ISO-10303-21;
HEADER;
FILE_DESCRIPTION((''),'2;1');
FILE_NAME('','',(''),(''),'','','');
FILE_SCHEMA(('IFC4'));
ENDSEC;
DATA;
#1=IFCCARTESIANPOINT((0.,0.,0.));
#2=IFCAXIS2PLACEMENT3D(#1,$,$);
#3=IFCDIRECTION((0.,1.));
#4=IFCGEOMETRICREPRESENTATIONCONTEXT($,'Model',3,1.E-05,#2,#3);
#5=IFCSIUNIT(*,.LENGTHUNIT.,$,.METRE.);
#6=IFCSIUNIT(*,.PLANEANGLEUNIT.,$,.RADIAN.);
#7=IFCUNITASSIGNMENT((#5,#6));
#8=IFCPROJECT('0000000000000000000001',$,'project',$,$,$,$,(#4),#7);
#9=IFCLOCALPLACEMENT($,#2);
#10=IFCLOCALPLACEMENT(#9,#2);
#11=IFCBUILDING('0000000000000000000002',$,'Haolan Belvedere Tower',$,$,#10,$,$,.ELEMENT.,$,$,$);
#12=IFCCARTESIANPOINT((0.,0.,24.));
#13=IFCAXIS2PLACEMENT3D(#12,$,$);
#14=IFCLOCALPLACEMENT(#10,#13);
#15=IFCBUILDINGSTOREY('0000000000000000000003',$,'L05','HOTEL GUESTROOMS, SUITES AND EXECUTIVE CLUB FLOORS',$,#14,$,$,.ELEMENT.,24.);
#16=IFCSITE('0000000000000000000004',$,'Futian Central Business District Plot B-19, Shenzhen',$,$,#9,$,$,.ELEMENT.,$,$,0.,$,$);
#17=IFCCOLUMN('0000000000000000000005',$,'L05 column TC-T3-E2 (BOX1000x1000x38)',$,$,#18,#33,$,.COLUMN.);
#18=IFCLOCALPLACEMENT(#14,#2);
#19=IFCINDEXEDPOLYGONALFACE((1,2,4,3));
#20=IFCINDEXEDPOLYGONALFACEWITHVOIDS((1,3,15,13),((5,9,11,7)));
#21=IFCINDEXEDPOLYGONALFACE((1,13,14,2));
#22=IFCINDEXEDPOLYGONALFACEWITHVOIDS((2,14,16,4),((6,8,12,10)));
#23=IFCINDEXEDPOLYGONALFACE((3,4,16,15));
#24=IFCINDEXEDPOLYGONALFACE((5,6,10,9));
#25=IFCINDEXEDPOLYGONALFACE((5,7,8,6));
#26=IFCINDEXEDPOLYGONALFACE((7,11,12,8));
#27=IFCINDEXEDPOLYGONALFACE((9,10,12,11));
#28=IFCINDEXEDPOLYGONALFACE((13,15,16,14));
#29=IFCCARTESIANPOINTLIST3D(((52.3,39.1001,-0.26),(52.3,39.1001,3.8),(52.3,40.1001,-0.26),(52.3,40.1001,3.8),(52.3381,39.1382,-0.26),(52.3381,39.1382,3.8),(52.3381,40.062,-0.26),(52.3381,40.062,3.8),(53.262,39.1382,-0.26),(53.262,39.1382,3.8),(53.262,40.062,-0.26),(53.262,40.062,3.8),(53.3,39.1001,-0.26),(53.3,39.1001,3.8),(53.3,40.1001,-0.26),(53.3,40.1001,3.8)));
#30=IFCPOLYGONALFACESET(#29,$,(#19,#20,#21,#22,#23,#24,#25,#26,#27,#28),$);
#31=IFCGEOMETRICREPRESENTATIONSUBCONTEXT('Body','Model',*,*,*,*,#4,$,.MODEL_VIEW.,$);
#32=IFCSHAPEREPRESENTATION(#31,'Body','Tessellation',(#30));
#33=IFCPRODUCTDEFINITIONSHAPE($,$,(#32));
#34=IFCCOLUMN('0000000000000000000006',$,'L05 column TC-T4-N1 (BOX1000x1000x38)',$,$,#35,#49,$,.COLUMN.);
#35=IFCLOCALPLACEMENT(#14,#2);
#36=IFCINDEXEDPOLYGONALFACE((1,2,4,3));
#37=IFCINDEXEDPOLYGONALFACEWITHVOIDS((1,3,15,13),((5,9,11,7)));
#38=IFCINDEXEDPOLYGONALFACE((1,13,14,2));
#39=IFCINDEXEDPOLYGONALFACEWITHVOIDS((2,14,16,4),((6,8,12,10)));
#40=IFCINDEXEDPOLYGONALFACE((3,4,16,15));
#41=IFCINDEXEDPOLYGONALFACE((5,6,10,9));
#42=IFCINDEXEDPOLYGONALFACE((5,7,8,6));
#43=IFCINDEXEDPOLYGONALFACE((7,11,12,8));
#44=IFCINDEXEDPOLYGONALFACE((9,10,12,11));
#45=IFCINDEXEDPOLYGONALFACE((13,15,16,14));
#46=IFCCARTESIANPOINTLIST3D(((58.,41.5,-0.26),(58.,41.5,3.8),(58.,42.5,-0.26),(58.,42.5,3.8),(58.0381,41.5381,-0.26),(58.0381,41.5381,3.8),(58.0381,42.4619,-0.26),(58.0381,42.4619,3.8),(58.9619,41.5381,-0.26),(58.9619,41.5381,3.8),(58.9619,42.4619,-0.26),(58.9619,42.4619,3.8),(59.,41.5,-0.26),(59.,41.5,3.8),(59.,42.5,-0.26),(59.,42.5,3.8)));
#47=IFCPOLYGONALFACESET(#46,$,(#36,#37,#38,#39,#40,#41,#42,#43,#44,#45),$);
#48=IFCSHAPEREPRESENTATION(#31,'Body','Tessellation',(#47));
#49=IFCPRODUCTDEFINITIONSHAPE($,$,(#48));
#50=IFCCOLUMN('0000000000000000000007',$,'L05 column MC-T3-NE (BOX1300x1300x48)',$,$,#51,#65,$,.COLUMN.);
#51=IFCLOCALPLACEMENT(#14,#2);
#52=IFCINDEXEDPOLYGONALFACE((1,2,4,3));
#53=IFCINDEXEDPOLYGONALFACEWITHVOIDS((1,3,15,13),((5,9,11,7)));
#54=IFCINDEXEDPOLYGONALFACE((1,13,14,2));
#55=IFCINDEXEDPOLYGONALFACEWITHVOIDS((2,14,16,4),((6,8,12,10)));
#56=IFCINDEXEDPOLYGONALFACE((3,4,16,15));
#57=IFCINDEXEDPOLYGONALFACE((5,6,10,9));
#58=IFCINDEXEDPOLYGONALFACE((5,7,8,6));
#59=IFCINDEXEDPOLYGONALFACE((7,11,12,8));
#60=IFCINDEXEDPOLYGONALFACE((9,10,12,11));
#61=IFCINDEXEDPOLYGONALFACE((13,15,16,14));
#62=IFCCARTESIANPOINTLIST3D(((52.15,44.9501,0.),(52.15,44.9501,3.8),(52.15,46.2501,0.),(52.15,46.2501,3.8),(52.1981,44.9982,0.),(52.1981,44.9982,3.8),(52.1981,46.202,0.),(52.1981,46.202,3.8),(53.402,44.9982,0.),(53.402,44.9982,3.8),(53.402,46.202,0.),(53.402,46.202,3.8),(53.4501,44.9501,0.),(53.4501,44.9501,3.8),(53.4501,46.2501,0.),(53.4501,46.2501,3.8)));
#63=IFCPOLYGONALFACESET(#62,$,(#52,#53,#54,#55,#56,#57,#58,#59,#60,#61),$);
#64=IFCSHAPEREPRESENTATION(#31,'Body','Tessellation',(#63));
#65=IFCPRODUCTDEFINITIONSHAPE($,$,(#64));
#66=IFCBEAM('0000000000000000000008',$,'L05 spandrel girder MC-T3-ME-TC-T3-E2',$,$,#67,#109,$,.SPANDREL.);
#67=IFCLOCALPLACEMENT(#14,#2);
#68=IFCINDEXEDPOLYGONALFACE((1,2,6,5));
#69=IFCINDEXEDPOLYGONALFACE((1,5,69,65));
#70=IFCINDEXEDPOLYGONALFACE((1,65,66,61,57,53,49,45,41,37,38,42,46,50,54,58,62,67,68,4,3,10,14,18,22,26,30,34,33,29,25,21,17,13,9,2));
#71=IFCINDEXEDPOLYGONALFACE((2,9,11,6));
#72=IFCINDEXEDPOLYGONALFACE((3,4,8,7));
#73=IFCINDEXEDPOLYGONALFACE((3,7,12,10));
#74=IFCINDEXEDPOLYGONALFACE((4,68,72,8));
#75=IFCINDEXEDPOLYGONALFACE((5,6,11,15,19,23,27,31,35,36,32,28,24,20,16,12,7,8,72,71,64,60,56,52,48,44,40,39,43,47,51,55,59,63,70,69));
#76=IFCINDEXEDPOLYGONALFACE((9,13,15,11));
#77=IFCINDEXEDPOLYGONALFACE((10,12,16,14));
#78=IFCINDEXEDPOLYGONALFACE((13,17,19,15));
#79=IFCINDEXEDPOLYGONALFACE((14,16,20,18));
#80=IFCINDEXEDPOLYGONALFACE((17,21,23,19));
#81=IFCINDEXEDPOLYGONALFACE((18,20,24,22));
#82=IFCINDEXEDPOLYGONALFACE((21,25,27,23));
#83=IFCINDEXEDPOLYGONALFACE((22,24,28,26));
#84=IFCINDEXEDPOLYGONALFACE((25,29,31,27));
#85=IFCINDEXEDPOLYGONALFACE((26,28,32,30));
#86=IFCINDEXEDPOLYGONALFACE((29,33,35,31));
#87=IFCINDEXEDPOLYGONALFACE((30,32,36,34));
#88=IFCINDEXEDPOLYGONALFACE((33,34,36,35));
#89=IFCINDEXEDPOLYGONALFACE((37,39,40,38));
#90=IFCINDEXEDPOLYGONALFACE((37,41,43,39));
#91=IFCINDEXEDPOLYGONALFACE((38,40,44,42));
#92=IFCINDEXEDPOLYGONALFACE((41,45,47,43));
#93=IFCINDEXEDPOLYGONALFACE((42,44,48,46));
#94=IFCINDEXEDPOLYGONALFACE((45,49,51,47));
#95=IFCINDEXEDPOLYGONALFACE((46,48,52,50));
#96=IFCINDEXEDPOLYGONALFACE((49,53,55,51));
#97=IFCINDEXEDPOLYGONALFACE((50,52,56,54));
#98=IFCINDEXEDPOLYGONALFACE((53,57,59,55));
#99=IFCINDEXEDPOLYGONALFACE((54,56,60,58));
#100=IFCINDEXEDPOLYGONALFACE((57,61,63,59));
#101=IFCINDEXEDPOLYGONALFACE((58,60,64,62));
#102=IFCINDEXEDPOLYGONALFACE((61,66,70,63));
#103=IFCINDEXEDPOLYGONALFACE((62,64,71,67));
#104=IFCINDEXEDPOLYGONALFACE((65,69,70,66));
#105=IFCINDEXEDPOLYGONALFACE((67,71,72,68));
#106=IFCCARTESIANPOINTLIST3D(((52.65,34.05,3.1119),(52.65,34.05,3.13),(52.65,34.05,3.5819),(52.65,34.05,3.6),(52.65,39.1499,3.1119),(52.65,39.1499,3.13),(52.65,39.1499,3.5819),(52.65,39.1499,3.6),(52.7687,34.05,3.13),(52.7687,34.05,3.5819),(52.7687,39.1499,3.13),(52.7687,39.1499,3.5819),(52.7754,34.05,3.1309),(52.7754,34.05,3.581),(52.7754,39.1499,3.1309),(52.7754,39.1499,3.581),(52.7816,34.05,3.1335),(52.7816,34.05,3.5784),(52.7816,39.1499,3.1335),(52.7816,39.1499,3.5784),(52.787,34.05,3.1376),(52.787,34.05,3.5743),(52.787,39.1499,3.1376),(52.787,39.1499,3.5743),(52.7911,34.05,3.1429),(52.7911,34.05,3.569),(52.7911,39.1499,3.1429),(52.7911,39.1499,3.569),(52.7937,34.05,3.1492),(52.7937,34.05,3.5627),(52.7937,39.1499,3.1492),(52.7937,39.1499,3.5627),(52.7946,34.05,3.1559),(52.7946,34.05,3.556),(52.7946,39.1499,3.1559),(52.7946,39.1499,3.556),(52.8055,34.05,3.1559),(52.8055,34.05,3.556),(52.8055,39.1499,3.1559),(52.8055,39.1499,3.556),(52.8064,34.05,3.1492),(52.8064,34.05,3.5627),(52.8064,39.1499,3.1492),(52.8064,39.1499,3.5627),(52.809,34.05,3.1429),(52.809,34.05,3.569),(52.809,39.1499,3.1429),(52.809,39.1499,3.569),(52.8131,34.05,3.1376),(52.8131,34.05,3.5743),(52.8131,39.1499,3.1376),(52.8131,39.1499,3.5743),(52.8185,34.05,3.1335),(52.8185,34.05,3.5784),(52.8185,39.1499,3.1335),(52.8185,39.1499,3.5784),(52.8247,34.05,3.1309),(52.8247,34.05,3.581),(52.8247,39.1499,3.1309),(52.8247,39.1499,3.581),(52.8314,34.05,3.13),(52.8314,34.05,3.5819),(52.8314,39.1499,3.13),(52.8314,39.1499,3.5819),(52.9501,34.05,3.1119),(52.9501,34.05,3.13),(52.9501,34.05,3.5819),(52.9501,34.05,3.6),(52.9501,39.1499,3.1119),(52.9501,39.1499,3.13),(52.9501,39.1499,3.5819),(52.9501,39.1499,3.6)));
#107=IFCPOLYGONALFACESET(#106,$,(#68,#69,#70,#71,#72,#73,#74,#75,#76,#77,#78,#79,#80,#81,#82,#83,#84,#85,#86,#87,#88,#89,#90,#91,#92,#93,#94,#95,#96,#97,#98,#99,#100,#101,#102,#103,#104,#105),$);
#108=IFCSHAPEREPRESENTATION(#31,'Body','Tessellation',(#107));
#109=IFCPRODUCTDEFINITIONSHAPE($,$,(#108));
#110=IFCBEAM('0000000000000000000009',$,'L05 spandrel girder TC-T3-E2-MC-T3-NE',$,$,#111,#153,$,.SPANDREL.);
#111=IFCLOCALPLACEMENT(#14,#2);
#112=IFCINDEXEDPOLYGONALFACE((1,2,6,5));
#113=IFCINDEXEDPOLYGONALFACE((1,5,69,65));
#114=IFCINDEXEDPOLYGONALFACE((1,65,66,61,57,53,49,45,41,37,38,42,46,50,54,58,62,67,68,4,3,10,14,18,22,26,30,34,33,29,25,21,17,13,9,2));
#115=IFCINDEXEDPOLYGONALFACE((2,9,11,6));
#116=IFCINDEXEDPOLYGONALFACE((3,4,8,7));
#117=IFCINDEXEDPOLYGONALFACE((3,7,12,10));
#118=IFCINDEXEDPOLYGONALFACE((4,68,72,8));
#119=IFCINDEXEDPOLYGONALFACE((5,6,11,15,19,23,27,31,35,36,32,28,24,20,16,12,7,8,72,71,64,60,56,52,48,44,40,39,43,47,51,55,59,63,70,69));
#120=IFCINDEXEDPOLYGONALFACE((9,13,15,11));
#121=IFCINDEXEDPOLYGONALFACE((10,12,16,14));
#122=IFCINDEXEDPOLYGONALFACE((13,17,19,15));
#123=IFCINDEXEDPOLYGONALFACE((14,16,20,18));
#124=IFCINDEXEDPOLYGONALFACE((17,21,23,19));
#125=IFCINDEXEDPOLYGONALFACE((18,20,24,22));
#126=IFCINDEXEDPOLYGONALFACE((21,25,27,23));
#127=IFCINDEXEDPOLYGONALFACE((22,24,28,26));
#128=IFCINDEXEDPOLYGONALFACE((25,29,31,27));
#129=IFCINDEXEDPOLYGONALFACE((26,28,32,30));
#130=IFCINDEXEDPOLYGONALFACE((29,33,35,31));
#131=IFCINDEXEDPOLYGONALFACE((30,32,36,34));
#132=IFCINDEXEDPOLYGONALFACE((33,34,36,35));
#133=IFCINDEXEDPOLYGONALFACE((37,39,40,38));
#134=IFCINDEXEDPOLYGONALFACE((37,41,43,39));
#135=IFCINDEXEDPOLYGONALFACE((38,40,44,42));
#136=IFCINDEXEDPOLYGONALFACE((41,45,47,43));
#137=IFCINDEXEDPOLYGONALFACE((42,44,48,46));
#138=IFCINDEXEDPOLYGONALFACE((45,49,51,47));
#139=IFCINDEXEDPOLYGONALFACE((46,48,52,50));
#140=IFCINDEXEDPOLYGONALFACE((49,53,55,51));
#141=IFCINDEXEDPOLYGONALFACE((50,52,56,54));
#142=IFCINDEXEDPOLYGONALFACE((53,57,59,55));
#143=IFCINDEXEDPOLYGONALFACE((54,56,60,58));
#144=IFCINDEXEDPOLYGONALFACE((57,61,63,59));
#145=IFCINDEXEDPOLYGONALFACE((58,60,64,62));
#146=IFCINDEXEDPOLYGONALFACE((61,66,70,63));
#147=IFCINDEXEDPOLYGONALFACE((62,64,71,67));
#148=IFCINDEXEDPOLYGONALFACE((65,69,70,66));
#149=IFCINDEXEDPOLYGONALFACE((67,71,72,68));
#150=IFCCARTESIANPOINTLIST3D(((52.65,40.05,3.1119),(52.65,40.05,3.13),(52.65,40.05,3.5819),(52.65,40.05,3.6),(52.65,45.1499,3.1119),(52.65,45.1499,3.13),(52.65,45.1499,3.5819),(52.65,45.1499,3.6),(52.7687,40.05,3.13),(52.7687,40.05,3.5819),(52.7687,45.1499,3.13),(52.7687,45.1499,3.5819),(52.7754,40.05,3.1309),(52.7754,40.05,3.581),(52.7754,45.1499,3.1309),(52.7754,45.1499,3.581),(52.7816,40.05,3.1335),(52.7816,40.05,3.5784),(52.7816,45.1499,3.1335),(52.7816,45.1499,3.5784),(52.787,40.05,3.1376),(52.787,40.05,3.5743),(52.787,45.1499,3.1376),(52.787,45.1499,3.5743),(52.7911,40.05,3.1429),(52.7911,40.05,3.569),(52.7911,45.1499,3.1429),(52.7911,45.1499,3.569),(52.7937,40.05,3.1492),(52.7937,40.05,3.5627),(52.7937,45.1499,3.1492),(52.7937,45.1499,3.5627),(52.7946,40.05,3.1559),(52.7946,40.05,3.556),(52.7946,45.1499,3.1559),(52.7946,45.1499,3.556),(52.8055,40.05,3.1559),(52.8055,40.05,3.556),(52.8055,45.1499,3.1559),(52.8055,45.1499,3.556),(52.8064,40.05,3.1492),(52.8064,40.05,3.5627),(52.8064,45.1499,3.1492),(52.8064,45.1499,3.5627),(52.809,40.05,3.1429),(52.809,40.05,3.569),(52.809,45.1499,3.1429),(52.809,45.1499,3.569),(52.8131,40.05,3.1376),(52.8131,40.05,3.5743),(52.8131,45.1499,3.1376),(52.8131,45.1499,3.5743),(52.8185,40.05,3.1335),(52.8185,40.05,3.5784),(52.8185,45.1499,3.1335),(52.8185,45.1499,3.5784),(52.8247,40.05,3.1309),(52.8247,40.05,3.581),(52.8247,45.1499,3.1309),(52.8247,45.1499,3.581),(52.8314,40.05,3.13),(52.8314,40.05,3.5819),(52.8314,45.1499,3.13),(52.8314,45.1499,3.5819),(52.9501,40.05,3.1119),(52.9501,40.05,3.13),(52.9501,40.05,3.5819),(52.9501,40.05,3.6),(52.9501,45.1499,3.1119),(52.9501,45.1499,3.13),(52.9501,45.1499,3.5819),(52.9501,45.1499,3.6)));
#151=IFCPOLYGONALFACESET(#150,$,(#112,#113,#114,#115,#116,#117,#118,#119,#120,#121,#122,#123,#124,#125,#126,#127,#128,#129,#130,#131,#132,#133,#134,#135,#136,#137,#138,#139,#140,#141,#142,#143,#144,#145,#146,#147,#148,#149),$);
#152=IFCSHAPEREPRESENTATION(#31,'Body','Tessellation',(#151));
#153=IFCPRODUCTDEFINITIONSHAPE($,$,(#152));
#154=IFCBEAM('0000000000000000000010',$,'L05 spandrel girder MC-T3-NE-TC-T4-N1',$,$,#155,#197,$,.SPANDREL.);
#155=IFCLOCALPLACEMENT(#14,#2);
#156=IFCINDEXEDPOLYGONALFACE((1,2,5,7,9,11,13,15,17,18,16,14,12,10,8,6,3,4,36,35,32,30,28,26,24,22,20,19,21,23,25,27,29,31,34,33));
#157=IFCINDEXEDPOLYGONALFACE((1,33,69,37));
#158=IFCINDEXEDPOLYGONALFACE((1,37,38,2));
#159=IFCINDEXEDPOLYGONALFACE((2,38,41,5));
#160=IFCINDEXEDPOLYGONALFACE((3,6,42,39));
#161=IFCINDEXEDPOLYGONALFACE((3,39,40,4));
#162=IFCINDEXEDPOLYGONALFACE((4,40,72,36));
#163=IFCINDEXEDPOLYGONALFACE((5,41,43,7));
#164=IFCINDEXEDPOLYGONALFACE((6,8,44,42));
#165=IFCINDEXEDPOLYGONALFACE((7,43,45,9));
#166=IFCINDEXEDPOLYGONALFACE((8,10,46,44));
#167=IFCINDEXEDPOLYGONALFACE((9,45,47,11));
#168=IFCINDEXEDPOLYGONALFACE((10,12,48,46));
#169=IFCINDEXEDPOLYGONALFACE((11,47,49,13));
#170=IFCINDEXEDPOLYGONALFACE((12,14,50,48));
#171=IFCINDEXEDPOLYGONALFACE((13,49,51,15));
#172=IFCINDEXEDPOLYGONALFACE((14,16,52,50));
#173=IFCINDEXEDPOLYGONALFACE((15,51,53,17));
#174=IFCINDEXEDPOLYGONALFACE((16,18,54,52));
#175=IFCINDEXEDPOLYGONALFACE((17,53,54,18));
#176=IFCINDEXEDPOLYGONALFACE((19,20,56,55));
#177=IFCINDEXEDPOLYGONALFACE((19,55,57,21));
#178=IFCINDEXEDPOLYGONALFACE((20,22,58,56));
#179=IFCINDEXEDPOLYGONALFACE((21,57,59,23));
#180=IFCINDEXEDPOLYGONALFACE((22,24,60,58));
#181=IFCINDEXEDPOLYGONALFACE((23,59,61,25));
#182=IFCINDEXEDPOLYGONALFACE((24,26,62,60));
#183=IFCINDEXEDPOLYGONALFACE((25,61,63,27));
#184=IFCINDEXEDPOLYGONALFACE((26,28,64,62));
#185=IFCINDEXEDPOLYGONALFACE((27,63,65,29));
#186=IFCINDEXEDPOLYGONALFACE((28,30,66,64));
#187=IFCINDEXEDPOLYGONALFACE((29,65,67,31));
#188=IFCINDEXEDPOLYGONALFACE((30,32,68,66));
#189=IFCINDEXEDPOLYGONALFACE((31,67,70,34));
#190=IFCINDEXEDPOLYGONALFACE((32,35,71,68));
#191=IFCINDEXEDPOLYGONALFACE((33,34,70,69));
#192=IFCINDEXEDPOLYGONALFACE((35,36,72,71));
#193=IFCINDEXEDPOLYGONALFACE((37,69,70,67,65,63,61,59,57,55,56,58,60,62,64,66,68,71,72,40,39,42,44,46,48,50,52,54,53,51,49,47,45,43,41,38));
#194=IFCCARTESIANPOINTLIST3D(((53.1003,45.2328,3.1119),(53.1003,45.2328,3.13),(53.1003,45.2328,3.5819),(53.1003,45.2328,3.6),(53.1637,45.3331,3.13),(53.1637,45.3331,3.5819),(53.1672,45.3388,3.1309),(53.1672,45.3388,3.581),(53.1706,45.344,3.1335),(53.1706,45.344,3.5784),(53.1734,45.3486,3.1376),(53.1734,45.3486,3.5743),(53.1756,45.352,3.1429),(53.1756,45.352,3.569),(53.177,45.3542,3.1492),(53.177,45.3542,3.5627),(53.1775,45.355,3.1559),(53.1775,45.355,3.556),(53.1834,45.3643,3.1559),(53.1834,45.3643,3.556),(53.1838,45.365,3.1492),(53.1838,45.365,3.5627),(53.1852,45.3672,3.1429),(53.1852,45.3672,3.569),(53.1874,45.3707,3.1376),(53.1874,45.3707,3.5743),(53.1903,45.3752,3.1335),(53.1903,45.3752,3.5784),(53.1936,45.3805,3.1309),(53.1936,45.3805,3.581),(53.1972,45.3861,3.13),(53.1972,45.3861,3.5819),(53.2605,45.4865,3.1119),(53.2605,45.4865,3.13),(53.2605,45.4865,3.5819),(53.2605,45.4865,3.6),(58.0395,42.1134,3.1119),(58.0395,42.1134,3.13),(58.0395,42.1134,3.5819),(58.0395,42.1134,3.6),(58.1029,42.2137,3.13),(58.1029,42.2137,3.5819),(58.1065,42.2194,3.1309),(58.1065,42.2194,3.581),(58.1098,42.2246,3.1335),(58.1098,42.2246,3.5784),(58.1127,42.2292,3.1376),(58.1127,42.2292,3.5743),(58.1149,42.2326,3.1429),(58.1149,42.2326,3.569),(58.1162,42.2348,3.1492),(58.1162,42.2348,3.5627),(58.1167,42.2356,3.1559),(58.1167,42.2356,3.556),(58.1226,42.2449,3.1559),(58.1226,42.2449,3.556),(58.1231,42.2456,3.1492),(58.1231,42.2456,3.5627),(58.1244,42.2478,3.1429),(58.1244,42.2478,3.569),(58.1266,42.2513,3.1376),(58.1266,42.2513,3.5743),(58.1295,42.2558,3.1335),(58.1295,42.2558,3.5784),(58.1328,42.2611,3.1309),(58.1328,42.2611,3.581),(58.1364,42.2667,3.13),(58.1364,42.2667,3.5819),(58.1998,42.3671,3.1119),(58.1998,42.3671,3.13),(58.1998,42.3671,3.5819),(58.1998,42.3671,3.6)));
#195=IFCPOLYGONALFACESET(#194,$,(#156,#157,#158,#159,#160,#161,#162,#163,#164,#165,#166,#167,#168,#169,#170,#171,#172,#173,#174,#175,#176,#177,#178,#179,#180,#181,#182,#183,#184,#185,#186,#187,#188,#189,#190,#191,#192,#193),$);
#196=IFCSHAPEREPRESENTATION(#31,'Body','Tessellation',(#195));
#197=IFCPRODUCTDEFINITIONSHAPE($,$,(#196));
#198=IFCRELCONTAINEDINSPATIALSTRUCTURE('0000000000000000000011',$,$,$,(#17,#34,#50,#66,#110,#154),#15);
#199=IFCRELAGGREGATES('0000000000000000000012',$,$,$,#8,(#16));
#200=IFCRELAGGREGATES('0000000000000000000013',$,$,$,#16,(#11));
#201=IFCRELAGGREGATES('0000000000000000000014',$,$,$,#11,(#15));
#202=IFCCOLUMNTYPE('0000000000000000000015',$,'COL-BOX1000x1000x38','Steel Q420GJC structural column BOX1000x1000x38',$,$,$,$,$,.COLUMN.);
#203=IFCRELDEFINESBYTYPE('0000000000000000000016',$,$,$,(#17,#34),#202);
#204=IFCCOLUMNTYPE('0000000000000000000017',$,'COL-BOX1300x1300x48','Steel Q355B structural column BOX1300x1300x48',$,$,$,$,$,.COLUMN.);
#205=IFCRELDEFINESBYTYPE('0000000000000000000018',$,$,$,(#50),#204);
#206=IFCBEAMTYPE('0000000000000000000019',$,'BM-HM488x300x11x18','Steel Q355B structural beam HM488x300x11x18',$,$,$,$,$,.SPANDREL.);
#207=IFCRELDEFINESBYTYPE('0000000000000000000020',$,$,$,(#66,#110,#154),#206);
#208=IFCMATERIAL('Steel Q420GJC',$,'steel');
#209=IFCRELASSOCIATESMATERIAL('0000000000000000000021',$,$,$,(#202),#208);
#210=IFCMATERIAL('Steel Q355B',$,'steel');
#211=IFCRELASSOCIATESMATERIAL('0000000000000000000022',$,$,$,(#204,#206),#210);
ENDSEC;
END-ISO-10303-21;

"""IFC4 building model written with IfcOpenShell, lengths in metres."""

from ifc_helpers import new_model, si_unit, direction, frame, origin, origin_2d, place, context, subcontext, project, spatial, hollow_rectangle, i_section, extrude, material, material_profile, profile_set, type_object, element, save


model = new_model("IFC4")

# Units and contexts
model_context = context("Model", 3, precision=1e-05, world=origin(), true_north=direction((0.0, 1.0)))
body_context = subcontext(model_context, "Body", "Model", "MODEL_VIEW")
ifc_project = project(units=[si_unit("LENGTHUNIT", "METRE"), si_unit("PLANEANGLEUNIT", "RADIAN")], contexts=[model_context])

# Site, building, storey
site_placement = place(None, origin())
site = spatial("IfcSite", under=ifc_project, at=site_placement, Name="Futian Central Business District Plot B-19, Shenzhen", CompositionType="ELEMENT", RefElevation=0.0)
building_placement = place(site_placement, origin())
building = spatial("IfcBuilding", under=site, at=building_placement, Name="Haolan Belvedere Tower", CompositionType="ELEMENT")
storey_placement = place(building_placement, frame((0.0, 0.0, 24.0)))
storey = spatial("IfcBuildingStorey", under=building, at=storey_placement, Name="L05", Description="HOTEL GUESTROOMS, SUITES AND EXECUTIVE CLUB FLOORS", CompositionType="ELEMENT", Elevation=24.0)

# Columns
ifc_material_1 = material(Name="Steel Q420GJC", Category="steel")
ifc_material_profile_1 = material_profile(ifc_material_1, hollow_rectangle(XDim=1.0, YDim=1.0, WallThickness=0.0381, at=origin_2d()), Name="Steel Q420GJC")
ifc_profile_set_1 = profile_set([ifc_material_profile_1], Name="Steel Q420GJC")
column_type_1 = type_object("IfcColumnType", Name="COL-BOX1000x1000x38", Description="Steel Q420GJC structural column BOX1000x1000x38", PredefinedType="COLUMN", material=ifc_profile_set_1)
for number, where, z_axis, x_axis, name in (
    (1, (52.8, 39.6001, -0.26), (0.0, 0.0, 1.0), (1.0, 0.0, 0.0), "L05 column TC-T3-E2 (BOX1000x1000x38)"),
    (2, (58.5, 42.0, -0.26), (0.0, 0.0, 1.0), (1.0, 0.0, 0.0), "L05 column TC-T4-N1 (BOX1000x1000x38)"),
):
    element("IfcColumn", number, at=place(storey_placement, frame(where, z_axis=z_axis, x_axis=x_axis)), inside=storey, type_object=column_type_1, Name=name, PredefinedType="COLUMN", context=body_context, shape_type="SweptSolid", body=[
        extrude(hollow_rectangle(XDim=1.0, YDim=1.0, WallThickness=0.0381, at=origin_2d()), origin(), (0.0, 0.0, 1.0), 4.0601),
    ])
ifc_material_2 = material(Name="Steel Q355B", Category="steel")
ifc_material_profile_2 = material_profile(ifc_material_2, hollow_rectangle(XDim=1.3, YDim=1.3, WallThickness=0.0481, at=origin_2d()), Name="Steel Q355B")
ifc_profile_set_2 = profile_set([ifc_material_profile_2], Name="Steel Q355B")
column_type_2 = type_object("IfcColumnType", Name="COL-BOX1300x1300x48", Description="Steel Q355B structural column BOX1300x1300x48", PredefinedType="COLUMN", material=ifc_profile_set_2)
column_placement = place(storey_placement, frame((52.8, 45.6001, 0.0), z_axis=(0.0, 0.0, 1.0), x_axis=(1.0, 0.0, 0.0)))
element("IfcColumn", 3, at=column_placement, inside=storey, type_object=column_type_2, Name="L05 column MC-T3-NE (BOX1300x1300x48)", PredefinedType="COLUMN", context=body_context, shape_type="SweptSolid", body=[
    extrude(hollow_rectangle(XDim=1.3, YDim=1.3, WallThickness=0.0481, at=origin_2d()), origin(), (0.0, 0.0, 1.0), 3.8),
])

# Beams
ifc_material_profile_3 = material_profile(ifc_material_2, i_section(OverallWidth=0.3, OverallDepth=0.488, WebThickness=0.011, FlangeThickness=0.0181, FilletRadius=0.0259, at=origin_2d()), Name="Steel Q355B")
ifc_profile_set_3 = profile_set([ifc_material_profile_3], Name="Steel Q355B")
beam_type = type_object("IfcBeamType", Name="BM-HM488x300x11x18", Description="Steel Q355B structural beam HM488x300x11x18", PredefinedType="SPANDREL", material=ifc_profile_set_3)
for number, where, z_axis, x_axis, name in (
    (4, (52.8, 34.05, 3.356), (0.0, 1.0, 0.0), (-1.0, 0.0, 0.0), "L05 spandrel girder MC-T3-ME-TC-T3-E2"),
    (5, (52.8, 40.05, 3.356), (0.0, 1.0, 0.0), (-1.0, 0.0, 0.0), "L05 spandrel girder TC-T3-E2-MC-T3-NE"),
):
    element("IfcBeam", number, at=place(storey_placement, frame(where, z_axis=z_axis, x_axis=x_axis)), inside=storey, type_object=beam_type, Name=name, PredefinedType="SPANDREL", context=body_context, shape_type="SweptSolid", body=[
        extrude(i_section(OverallWidth=0.3, OverallDepth=0.488, WebThickness=0.011, FlangeThickness=0.0181, FilletRadius=0.0259, at=origin_2d()), origin(), (0.0, 0.0, 1.0), 5.0999),
    ])
beam_placement = place(storey_placement, frame((53.1804, 45.3596, 3.356), z_axis=(0.845498, -0.533979, 0.0), x_axis=(0.533979, 0.845498, 0.0)))
element("IfcBeam", 6, at=beam_placement, inside=storey, type_object=beam_type, Name="L05 spandrel girder MC-T3-NE-TC-T4-N1", PredefinedType="SPANDREL", context=body_context, shape_type="SweptSolid", body=[
    extrude(i_section(OverallWidth=0.3, OverallDepth=0.488, WebThickness=0.011, FlangeThickness=0.0181, FilletRadius=0.0259, at=origin_2d()), origin(), (0.0, 0.0, 1.0), 5.8418),
])

save(model, "model.ifc")
